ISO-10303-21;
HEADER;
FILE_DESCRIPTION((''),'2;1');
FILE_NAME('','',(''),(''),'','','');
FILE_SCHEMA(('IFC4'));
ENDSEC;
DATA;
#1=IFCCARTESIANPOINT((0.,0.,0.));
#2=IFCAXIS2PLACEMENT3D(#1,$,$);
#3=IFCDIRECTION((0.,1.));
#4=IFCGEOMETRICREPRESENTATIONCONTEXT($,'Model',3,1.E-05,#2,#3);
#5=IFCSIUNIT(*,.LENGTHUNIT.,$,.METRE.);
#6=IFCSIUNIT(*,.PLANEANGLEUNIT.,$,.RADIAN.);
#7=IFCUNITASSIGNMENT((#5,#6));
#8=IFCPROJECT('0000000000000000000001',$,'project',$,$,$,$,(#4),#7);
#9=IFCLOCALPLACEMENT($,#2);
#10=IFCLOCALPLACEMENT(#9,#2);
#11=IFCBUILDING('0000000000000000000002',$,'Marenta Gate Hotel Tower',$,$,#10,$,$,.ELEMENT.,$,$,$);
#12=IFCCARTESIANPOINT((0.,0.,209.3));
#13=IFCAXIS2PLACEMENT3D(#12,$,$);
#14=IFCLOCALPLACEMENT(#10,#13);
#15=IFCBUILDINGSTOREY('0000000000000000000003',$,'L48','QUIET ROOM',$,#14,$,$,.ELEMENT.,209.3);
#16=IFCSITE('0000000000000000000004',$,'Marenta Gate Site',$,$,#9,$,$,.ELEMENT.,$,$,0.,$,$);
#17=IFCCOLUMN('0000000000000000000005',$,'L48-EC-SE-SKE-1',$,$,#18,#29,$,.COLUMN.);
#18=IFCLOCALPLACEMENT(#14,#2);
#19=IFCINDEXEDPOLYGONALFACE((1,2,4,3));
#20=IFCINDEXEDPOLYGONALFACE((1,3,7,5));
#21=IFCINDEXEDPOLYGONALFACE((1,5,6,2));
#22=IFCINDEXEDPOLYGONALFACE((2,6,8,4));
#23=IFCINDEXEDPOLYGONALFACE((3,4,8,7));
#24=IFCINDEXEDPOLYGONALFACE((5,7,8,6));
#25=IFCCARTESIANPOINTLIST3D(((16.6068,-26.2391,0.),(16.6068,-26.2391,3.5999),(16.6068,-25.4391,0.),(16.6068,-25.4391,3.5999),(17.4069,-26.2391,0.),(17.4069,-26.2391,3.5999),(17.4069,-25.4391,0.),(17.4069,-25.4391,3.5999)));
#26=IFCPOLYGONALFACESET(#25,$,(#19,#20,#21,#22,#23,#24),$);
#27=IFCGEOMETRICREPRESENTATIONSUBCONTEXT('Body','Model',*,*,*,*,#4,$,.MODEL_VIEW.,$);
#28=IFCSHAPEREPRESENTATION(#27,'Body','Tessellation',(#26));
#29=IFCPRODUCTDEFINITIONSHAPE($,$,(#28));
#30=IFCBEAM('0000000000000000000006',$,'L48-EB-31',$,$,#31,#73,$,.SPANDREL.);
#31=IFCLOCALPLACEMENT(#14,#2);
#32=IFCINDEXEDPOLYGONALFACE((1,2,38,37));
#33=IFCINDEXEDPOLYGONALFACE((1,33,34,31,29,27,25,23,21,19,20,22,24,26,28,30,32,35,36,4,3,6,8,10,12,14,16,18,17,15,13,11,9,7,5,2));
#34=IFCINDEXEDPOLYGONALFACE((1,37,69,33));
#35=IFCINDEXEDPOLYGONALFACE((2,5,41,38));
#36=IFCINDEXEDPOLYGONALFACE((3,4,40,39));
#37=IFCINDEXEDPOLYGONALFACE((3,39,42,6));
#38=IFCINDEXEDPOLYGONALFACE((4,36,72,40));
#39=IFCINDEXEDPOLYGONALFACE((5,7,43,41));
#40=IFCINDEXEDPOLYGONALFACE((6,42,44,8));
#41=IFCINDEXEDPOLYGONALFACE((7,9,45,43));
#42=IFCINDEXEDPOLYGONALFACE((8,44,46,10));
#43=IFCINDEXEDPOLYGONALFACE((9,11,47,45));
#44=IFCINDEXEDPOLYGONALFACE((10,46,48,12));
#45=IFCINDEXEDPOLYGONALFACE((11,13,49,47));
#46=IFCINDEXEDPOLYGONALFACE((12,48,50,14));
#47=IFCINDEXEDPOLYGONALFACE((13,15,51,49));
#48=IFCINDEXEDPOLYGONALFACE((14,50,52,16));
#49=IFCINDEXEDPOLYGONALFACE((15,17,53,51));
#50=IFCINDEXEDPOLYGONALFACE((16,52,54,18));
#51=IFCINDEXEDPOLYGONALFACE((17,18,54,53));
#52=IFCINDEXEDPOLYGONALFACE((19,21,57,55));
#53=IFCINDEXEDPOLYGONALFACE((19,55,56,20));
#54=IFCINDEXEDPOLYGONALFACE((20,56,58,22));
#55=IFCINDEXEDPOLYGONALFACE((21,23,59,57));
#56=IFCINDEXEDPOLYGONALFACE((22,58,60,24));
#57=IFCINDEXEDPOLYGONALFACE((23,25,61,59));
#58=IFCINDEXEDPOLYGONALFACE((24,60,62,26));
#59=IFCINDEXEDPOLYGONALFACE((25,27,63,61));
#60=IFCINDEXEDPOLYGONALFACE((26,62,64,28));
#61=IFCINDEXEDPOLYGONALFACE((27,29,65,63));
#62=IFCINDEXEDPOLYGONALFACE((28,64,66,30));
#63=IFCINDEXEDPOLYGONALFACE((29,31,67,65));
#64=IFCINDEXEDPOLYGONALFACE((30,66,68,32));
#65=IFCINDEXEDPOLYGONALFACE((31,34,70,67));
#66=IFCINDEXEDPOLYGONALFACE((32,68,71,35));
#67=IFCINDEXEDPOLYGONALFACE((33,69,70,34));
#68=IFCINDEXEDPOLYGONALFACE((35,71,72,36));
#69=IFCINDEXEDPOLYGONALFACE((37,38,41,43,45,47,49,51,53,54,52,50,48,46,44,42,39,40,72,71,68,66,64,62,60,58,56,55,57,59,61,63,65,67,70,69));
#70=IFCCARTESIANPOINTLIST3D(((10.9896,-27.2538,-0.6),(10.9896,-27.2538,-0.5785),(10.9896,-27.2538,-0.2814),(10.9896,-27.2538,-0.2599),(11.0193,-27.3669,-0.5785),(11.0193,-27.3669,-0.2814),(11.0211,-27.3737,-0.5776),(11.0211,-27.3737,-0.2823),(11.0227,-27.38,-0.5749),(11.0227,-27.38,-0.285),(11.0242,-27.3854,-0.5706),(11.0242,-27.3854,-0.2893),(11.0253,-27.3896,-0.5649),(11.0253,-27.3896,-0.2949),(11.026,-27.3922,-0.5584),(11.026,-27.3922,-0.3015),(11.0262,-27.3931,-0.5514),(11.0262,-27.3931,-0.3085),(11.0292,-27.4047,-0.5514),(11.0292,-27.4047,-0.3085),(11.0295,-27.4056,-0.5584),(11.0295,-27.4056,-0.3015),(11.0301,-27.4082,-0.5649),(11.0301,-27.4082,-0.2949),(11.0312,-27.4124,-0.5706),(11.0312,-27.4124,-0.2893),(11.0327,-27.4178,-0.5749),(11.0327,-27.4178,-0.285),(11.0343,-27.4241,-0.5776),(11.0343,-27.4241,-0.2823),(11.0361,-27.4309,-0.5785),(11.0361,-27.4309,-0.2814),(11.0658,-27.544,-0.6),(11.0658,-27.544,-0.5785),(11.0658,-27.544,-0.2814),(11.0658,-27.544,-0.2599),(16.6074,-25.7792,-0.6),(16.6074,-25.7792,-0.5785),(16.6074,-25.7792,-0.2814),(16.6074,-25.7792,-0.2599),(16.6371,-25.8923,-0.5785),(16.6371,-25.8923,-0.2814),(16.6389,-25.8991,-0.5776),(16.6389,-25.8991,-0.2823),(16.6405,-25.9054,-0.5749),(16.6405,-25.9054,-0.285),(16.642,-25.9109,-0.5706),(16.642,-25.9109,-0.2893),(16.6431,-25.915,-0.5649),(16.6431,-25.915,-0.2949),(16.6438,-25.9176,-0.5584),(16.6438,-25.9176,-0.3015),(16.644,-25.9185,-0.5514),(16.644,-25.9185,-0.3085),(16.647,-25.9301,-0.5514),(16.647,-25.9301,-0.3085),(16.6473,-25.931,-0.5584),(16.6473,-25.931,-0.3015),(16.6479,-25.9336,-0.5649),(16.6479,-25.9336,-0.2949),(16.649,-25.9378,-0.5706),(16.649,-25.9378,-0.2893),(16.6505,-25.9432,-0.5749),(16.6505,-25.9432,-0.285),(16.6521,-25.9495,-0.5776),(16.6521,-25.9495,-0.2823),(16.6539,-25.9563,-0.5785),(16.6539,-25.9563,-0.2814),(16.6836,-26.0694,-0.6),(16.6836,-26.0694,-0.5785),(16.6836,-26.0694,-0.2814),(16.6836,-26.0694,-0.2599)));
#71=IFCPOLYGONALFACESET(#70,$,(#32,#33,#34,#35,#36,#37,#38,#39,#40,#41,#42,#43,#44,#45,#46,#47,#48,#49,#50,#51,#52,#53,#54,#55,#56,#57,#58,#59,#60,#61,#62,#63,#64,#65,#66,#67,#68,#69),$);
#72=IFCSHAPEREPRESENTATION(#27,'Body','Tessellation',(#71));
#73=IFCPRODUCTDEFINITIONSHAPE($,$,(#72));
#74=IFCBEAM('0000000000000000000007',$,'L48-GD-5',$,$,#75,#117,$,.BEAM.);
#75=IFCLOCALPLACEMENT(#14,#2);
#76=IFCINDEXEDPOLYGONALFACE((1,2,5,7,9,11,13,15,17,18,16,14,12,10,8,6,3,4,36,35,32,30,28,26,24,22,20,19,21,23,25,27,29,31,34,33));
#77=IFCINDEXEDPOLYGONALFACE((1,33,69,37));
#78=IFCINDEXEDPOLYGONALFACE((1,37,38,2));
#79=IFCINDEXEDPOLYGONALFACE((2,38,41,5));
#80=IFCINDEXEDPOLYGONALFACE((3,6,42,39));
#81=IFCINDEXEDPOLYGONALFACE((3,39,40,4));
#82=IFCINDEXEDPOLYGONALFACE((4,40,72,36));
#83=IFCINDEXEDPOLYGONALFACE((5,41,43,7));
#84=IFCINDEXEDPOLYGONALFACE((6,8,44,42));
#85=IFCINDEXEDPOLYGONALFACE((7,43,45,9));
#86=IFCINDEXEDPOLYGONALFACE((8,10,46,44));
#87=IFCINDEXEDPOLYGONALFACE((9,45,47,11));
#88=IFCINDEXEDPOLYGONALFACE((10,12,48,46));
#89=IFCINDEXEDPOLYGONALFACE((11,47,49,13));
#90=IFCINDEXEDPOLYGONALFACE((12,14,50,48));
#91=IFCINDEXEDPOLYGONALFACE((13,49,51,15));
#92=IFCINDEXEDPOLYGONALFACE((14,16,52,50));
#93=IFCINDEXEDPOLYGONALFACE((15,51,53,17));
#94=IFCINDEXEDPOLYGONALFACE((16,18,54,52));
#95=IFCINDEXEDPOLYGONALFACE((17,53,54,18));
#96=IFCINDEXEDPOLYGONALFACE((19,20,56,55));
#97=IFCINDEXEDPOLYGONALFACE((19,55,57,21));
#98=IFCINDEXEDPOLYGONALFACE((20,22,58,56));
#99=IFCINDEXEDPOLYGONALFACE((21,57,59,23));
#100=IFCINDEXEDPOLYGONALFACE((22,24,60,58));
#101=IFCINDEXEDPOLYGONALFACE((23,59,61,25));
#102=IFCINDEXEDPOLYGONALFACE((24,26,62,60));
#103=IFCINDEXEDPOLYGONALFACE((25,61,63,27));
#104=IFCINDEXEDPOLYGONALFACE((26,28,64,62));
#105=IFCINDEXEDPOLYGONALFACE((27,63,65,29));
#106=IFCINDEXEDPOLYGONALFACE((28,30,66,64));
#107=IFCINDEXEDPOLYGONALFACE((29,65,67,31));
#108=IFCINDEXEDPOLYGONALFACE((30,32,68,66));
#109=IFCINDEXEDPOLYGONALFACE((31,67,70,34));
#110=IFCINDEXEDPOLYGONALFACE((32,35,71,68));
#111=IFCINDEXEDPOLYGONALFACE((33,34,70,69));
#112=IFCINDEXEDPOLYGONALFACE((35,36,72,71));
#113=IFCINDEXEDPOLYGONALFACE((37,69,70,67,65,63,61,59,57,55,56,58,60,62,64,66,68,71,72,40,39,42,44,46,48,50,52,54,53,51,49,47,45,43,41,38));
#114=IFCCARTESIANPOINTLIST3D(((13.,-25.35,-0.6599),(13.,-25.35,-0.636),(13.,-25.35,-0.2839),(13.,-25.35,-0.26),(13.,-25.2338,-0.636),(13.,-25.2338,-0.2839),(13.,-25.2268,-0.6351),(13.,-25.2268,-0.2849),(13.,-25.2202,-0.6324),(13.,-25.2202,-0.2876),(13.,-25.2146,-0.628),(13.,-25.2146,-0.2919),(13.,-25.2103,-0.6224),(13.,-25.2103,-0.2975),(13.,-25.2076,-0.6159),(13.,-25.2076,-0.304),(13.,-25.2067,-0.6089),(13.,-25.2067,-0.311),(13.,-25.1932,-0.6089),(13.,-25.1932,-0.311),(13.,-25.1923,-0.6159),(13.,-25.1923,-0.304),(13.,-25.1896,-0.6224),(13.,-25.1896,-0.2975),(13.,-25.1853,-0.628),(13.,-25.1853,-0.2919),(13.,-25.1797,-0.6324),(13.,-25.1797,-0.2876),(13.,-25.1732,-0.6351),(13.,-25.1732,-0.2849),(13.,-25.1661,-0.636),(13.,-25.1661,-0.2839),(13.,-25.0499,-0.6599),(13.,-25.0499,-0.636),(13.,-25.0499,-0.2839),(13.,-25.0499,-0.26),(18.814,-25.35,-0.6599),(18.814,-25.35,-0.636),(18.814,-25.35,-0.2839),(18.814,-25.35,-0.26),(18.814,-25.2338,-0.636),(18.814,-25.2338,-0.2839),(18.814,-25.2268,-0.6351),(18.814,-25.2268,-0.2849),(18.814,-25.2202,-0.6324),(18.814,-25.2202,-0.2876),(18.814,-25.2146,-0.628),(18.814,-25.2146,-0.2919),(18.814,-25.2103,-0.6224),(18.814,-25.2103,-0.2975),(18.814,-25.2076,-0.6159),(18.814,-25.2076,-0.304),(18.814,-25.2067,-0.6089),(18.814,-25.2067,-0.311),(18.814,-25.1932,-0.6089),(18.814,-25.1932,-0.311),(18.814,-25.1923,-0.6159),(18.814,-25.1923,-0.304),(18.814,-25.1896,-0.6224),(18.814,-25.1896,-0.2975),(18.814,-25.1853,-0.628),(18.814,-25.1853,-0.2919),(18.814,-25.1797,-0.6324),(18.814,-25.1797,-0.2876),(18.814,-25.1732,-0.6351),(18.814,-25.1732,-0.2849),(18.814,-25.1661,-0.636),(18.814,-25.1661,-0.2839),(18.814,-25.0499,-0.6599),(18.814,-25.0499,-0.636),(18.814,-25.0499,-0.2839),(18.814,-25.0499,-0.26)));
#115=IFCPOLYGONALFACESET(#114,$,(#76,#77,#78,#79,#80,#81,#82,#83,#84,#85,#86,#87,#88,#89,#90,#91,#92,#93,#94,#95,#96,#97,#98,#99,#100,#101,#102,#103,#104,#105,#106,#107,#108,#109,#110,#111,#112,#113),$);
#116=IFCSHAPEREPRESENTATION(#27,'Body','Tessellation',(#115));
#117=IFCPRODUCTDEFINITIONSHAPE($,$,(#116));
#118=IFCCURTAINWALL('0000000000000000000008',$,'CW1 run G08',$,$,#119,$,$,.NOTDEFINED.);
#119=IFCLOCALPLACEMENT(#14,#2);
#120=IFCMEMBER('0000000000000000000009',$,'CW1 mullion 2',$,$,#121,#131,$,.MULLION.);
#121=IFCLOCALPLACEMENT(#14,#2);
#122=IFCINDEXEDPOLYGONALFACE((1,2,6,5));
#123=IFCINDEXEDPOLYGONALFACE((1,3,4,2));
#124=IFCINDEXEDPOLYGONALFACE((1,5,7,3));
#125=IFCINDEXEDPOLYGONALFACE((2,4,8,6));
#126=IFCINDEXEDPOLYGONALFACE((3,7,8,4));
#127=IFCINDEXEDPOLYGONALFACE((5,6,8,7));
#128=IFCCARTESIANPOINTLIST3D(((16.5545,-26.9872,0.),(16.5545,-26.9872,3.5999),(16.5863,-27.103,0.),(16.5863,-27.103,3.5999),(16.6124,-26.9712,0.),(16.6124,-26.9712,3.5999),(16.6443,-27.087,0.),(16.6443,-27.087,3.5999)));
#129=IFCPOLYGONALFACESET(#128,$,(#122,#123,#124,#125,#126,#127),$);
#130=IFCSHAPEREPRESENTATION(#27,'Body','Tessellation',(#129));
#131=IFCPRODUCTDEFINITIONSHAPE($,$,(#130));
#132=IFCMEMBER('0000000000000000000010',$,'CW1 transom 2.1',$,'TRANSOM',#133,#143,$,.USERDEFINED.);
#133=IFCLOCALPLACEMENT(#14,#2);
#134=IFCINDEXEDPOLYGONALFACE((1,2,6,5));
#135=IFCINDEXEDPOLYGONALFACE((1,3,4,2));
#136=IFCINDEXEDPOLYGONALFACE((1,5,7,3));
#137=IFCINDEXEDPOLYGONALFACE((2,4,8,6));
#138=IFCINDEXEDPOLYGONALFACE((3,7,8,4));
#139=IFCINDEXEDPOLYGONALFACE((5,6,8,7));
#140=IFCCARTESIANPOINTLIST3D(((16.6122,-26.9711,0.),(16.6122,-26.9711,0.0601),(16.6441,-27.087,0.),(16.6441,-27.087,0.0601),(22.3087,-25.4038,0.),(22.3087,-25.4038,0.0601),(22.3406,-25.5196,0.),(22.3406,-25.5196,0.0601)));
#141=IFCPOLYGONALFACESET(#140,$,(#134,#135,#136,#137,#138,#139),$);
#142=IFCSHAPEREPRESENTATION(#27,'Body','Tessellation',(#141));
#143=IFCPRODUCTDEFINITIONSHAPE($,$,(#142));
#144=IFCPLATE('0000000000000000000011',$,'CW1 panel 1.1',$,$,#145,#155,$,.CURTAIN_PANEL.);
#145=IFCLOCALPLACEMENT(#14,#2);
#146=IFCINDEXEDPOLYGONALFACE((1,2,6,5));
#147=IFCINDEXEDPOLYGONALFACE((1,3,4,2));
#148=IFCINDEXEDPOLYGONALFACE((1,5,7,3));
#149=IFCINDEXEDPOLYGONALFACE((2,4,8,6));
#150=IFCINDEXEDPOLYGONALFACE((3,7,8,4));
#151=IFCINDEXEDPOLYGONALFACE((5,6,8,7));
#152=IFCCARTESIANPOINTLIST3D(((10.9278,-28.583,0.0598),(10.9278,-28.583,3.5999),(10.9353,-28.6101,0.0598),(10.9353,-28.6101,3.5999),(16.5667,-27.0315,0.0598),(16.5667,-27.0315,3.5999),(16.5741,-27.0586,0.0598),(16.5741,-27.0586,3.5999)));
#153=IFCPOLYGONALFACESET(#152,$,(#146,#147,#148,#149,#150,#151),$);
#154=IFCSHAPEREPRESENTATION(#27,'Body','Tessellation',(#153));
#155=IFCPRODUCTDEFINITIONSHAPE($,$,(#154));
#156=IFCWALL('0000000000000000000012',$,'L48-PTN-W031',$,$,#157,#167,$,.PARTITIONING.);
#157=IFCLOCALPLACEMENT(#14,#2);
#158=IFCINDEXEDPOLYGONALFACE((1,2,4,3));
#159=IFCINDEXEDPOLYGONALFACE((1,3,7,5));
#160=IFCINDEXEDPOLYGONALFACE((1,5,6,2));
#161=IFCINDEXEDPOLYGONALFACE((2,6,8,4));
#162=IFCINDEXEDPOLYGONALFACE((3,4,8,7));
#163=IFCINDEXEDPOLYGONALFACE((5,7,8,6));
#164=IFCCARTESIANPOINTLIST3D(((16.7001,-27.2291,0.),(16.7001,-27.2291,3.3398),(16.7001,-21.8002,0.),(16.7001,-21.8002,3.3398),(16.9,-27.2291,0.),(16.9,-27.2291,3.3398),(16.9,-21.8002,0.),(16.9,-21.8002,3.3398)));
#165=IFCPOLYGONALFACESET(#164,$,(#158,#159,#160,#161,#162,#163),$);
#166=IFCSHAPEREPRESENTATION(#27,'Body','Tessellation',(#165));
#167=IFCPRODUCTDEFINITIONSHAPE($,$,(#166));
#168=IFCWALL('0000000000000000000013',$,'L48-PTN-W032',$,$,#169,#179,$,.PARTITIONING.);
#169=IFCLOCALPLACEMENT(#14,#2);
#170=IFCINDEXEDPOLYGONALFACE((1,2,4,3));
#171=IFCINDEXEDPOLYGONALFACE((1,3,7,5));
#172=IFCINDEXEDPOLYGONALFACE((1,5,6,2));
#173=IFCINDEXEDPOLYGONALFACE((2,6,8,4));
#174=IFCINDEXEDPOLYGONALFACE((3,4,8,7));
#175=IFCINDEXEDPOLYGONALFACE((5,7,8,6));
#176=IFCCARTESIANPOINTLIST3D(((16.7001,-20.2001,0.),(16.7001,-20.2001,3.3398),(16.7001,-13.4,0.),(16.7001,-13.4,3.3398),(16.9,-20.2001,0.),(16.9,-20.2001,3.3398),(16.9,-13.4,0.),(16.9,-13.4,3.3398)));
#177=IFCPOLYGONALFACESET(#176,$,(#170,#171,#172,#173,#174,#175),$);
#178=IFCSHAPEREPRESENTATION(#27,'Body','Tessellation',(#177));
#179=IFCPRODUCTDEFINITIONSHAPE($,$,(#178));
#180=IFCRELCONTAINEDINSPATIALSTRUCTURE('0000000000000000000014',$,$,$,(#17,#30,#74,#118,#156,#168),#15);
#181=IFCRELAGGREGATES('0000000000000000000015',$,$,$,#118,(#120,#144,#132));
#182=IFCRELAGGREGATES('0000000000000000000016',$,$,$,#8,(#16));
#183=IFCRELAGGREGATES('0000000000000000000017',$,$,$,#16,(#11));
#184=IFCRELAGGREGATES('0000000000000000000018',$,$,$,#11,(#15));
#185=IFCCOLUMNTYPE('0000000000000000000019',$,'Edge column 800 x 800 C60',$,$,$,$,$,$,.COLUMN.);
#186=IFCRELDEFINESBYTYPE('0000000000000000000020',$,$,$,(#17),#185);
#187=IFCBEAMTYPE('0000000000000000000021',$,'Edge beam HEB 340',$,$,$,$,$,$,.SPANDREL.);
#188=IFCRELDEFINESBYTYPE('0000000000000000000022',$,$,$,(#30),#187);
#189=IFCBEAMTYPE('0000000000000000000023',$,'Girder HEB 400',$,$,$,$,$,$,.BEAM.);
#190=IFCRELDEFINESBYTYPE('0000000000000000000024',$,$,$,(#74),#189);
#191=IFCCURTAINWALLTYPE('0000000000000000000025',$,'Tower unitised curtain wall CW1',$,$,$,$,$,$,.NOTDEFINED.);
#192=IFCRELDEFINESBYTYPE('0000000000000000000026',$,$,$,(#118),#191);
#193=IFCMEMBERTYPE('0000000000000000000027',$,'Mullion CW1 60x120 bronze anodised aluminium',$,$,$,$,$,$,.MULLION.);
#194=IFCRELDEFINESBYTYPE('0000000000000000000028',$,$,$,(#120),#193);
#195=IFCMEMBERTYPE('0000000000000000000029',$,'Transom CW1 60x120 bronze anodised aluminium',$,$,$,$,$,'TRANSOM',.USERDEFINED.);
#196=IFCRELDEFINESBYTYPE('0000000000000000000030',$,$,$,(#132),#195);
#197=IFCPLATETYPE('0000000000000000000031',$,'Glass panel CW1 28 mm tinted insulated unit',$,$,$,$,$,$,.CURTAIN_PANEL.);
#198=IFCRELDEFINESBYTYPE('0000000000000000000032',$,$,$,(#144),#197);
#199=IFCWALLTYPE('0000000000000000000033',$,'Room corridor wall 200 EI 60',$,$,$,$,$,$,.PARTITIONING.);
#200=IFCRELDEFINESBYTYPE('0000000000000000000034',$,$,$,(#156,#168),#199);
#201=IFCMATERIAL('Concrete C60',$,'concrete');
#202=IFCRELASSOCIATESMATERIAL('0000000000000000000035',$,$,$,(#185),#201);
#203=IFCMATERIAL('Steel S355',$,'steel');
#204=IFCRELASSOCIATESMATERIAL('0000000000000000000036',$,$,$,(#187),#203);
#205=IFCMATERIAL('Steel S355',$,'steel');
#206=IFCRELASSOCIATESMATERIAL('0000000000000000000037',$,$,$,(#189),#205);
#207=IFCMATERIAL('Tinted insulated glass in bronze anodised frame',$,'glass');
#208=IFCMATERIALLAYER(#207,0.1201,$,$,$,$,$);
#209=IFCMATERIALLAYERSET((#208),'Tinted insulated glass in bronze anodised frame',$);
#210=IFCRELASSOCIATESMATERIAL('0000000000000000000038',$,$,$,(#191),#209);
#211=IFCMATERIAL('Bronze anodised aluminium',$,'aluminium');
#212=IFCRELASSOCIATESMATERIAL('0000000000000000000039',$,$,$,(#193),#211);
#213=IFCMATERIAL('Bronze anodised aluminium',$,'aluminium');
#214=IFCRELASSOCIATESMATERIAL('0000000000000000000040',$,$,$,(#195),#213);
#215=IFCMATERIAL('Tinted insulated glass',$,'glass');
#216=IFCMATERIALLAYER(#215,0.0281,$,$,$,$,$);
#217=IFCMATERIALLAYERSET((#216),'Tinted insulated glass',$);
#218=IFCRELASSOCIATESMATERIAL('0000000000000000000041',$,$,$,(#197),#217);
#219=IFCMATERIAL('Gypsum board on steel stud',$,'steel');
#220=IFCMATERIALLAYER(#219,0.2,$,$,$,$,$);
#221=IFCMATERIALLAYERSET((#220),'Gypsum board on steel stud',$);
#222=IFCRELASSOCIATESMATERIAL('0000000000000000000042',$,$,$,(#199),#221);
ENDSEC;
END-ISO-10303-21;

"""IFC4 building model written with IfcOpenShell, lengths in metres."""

from ifc_helpers import new_model, si_unit, direction, frame, frame_2d, origin, origin_2d, place, context, subcontext, project, spatial, rectangle, i_section, extrude, material, layer, layer_set, material_profile, profile_set, type_object, element, aggregate, save


model = new_model("IFC4")

# Units and contexts
model_context = context("Model", 3, precision=1e-05, world=origin(), true_north=direction((0.0, 1.0)))
body_context = subcontext(model_context, "Body", "Model", "MODEL_VIEW")
ifc_project = project(units=[si_unit("LENGTHUNIT", "METRE"), si_unit("PLANEANGLEUNIT", "RADIAN")], contexts=[model_context])

# Site, building, storey
site_placement = place(None, origin())
site = spatial("IfcSite", under=ifc_project, at=site_placement, Name="Marenta Gate Site", CompositionType="ELEMENT", RefElevation=0.0)
building_placement = place(site_placement, origin())
building = spatial("IfcBuilding", under=site, at=building_placement, Name="Marenta Gate Hotel Tower", CompositionType="ELEMENT")
storey_placement = place(building_placement, frame((0.0, 0.0, 209.3)))
storey = spatial("IfcBuildingStorey", under=building, at=storey_placement, Name="L48", Description="QUIET ROOM", CompositionType="ELEMENT", Elevation=209.3)

# Column
ifc_material_1 = material(Name="Concrete C60", Category="concrete")
ifc_material_profile_1 = material_profile(ifc_material_1, rectangle(XDim=0.8, YDim=0.8, at=origin_2d()), Name="800 x 800")
ifc_profile_set_1 = profile_set([ifc_material_profile_1], Name="Concrete C60")
column_type = type_object("IfcColumnType", Name="Edge column 800 x 800 C60", PredefinedType="COLUMN", material=ifc_profile_set_1)
column_placement = place(storey_placement, frame((17.0068, -25.8391, 0.0), z_axis=(0.0, 0.0, 1.0), x_axis=(1.0, 0.0, 0.0)))
element("IfcColumn", 1, at=column_placement, inside=storey, type_object=column_type, Name="L48-EC-SE-SKE-1", PredefinedType="COLUMN", context=body_context, shape_type="SweptSolid", body=[
    extrude(rectangle(XDim=0.8, YDim=0.8, at=origin_2d()), origin(), (0.0, 0.0, 1.0), 3.5999),
])

# Beams
ifc_material_2 = material(Name="Steel S355", Category="steel")
ifc_material_profile_2 = material_profile(ifc_material_2, i_section(OverallWidth=0.3, OverallDepth=0.3401, WebThickness=0.012, FlangeThickness=0.0215, FilletRadius=0.0271, at=origin_2d()), Name="HEB 340")
ifc_profile_set_2 = profile_set([ifc_material_profile_2], Name="Steel S355")
beam_type_1 = type_object("IfcBeamType", Name="Edge beam HEB 340", PredefinedType="SPANDREL", material=ifc_profile_set_2)
beam_1_placement = place(storey_placement, frame((16.6455, -25.9243, -0.4299), z_axis=(-0.967235, -0.253883, 0.0), x_axis=(0.253883, -0.967235, 0.0)))
element("IfcBeam", 2, at=beam_1_placement, inside=storey, type_object=beam_type_1, Name="L48-EB-31", PredefinedType="SPANDREL", context=body_context, shape_type="SweptSolid", body=[
    extrude(i_section(OverallWidth=0.3, OverallDepth=0.3401, WebThickness=0.012, FlangeThickness=0.0215, FilletRadius=0.0271, at=origin_2d()), origin(), (0.0, 0.0, 1.0), 5.8081),
])
ifc_material_3 = material(Name="Steel S355", Category="steel")
ifc_material_profile_3 = material_profile(ifc_material_3, i_section(OverallWidth=0.3, OverallDepth=0.3999, WebThickness=0.0134, FlangeThickness=0.0239, FilletRadius=0.0271, at=origin_2d()), Name="HEB 400")
ifc_profile_set_3 = profile_set([ifc_material_profile_3], Name="Steel S355")
beam_type_2 = type_object("IfcBeamType", Name="Girder HEB 400", PredefinedType="BEAM", material=ifc_profile_set_3)
beam_2_placement = place(storey_placement, frame((13.0, -25.2, -0.46), z_axis=(1.0, 0.0, 0.0), x_axis=(0.0, 1.0, 0.0)))
element("IfcBeam", 3, at=beam_2_placement, inside=storey, type_object=beam_type_2, Name="L48-GD-5", PredefinedType="BEAM", context=body_context, shape_type="SweptSolid", body=[
    extrude(i_section(OverallWidth=0.3, OverallDepth=0.3999, WebThickness=0.0134, FlangeThickness=0.0239, FilletRadius=0.0271, at=origin_2d()), origin(), (0.0, 0.0, 1.0), 5.814),
])

# Curtain wall, members, plate
ifc_material_4 = material(Name="Tinted insulated glass in bronze anodised frame", Category="glass")
ifc_layer_1 = layer(ifc_material_4, 0.1201)
ifc_layer_set_1 = layer_set([ifc_layer_1], Name="Tinted insulated glass in bronze anodised frame")
curtain_wall_type = type_object("IfcCurtainWallType", Name="Tower unitised curtain wall CW1", PredefinedType="NOTDEFINED", material=ifc_layer_set_1)
curtain_wall_placement = place(storey_placement, origin())
curtain_wall = element("IfcCurtainWall", 4, at=curtain_wall_placement, inside=storey, type_object=curtain_wall_type, Name="CW1 run G08", PredefinedType="NOTDEFINED")
ifc_material_5 = material(Name="Bronze anodised aluminium", Category="aluminium")
ifc_material_profile_4 = material_profile(ifc_material_5, rectangle(XDim=0.1201, YDim=0.0601, at=origin_2d()), Name="Mullion CW1 60x120 bronze anodised aluminium")
ifc_profile_set_4 = profile_set([ifc_material_profile_4], Name="Bronze anodised aluminium")
member_type_1 = type_object("IfcMemberType", Name="Mullion CW1 60x120 bronze anodised aluminium", PredefinedType="MULLION", material=ifc_profile_set_4)
member_1_placement = place(storey_placement, frame((16.5994, -27.0371, 0.0), z_axis=(0.0, 0.0, 1.0), x_axis=(-0.265293, 0.964168, 0.0)))
member_1 = element("IfcMember", 5, at=member_1_placement, type_object=member_type_1, Name="CW1 mullion 2", PredefinedType="MULLION", context=body_context, shape_type="SweptSolid", body=[
    extrude(rectangle(XDim=0.1201, YDim=0.0601, at=origin_2d()), origin(), (0.0, 0.0, 1.0), 3.5999),
])
ifc_material_6 = material(Name="Bronze anodised aluminium", Category="aluminium")
ifc_material_profile_5 = material_profile(ifc_material_6, rectangle(XDim=0.1201, YDim=0.0601, at=origin_2d()), Name="Transom CW1 60x120 bronze anodised aluminium")
ifc_profile_set_5 = profile_set([ifc_material_profile_5], Name="Bronze anodised aluminium")
member_type_2 = type_object("IfcMemberType", Name="Transom CW1 60x120 bronze anodised aluminium", ElementType="TRANSOM", PredefinedType="USERDEFINED", material=ifc_profile_set_5)
member_2_placement = place(storey_placement, frame((16.6282, -27.0291, 0.03), z_axis=(0.964169, 0.265288, 0.0), x_axis=(-0.265288, 0.964169, 0.0)))
member_2 = element("IfcMember", 6, at=member_2_placement, type_object=member_type_2, Name="CW1 transom 2.1", ObjectType="TRANSOM", PredefinedType="USERDEFINED", context=body_context, shape_type="SweptSolid", body=[
    extrude(rectangle(XDim=0.1201, YDim=0.0601, at=origin_2d()), origin(), (0.0, 0.0, 1.0), 5.9082),
])
ifc_material_7 = material(Name="Tinted insulated glass", Category="glass")
ifc_layer_2 = layer(ifc_material_7, 0.0281)
ifc_layer_set_2 = layer_set([ifc_layer_2], Name="Tinted insulated glass")
plate_type = type_object("IfcPlateType", Name="Glass panel CW1 28 mm tinted insulated unit", PredefinedType="CURTAIN_PANEL", material=ifc_layer_set_2)
plate_placement = place(storey_placement, frame((13.751, -27.8208, 0.0598), z_axis=(0.0, 0.0, 1.0), x_axis=(0.964168, 0.265293, 0.0)))
plate = element("IfcPlate", 7, at=plate_placement, type_object=plate_type, Name="CW1 panel 1.1", PredefinedType="CURTAIN_PANEL", context=body_context, shape_type="SweptSolid", body=[
    extrude(rectangle(XDim=5.8484, YDim=0.0281, at=origin_2d()), origin(), (0.0, 0.0, 1.0), 3.54),
])
aggregate(curtain_wall, [member_1, plate, member_2])

# Shared definitions
ifc_material_8 = material(Name="Gypsum board on steel stud", Category="steel")
ifc_layer_3 = layer(ifc_material_8, 0.2)
ifc_layer_set_3 = layer_set([ifc_layer_3], Name="Gypsum board on steel stud")
wall_type_1 = type_object("IfcWallType", Name="Room corridor wall 200 EI 60", PredefinedType="PARTITIONING", material=ifc_layer_set_3)

# Walls
wall_1_placement = place(storey_placement, frame((16.8, -27.229, 0.0), z_axis=(0.0, 0.0, 1.0), x_axis=(0.0, 1.0, 0.0)))
element("IfcWall", 8, at=wall_1_placement, inside=storey, type_object=wall_type_1, Name="L48-PTN-W031", PredefinedType="PARTITIONING", context=body_context, shape_type="SweptSolid", body=[
    extrude(rectangle(XDim=5.429, YDim=0.2, at=frame_2d((2.7144, 0.0))), origin(), (0.0, 0.0, 1.0), 3.3398),
])
wall_2_placement = place(storey_placement, frame((16.8, -20.2, 0.0), z_axis=(0.0, 0.0, 1.0), x_axis=(0.0, 1.0, 0.0)))
element("IfcWall", 9, at=wall_2_placement, inside=storey, type_object=wall_type_1, Name="L48-PTN-W032", PredefinedType="PARTITIONING", context=body_context, shape_type="SweptSolid", body=[
    extrude(rectangle(XDim=6.8, YDim=0.2, at=frame_2d((3.3999, 0.0))), origin(), (0.0, 0.0, 1.0), 3.3398),
])

save(model, "model.ifc")
